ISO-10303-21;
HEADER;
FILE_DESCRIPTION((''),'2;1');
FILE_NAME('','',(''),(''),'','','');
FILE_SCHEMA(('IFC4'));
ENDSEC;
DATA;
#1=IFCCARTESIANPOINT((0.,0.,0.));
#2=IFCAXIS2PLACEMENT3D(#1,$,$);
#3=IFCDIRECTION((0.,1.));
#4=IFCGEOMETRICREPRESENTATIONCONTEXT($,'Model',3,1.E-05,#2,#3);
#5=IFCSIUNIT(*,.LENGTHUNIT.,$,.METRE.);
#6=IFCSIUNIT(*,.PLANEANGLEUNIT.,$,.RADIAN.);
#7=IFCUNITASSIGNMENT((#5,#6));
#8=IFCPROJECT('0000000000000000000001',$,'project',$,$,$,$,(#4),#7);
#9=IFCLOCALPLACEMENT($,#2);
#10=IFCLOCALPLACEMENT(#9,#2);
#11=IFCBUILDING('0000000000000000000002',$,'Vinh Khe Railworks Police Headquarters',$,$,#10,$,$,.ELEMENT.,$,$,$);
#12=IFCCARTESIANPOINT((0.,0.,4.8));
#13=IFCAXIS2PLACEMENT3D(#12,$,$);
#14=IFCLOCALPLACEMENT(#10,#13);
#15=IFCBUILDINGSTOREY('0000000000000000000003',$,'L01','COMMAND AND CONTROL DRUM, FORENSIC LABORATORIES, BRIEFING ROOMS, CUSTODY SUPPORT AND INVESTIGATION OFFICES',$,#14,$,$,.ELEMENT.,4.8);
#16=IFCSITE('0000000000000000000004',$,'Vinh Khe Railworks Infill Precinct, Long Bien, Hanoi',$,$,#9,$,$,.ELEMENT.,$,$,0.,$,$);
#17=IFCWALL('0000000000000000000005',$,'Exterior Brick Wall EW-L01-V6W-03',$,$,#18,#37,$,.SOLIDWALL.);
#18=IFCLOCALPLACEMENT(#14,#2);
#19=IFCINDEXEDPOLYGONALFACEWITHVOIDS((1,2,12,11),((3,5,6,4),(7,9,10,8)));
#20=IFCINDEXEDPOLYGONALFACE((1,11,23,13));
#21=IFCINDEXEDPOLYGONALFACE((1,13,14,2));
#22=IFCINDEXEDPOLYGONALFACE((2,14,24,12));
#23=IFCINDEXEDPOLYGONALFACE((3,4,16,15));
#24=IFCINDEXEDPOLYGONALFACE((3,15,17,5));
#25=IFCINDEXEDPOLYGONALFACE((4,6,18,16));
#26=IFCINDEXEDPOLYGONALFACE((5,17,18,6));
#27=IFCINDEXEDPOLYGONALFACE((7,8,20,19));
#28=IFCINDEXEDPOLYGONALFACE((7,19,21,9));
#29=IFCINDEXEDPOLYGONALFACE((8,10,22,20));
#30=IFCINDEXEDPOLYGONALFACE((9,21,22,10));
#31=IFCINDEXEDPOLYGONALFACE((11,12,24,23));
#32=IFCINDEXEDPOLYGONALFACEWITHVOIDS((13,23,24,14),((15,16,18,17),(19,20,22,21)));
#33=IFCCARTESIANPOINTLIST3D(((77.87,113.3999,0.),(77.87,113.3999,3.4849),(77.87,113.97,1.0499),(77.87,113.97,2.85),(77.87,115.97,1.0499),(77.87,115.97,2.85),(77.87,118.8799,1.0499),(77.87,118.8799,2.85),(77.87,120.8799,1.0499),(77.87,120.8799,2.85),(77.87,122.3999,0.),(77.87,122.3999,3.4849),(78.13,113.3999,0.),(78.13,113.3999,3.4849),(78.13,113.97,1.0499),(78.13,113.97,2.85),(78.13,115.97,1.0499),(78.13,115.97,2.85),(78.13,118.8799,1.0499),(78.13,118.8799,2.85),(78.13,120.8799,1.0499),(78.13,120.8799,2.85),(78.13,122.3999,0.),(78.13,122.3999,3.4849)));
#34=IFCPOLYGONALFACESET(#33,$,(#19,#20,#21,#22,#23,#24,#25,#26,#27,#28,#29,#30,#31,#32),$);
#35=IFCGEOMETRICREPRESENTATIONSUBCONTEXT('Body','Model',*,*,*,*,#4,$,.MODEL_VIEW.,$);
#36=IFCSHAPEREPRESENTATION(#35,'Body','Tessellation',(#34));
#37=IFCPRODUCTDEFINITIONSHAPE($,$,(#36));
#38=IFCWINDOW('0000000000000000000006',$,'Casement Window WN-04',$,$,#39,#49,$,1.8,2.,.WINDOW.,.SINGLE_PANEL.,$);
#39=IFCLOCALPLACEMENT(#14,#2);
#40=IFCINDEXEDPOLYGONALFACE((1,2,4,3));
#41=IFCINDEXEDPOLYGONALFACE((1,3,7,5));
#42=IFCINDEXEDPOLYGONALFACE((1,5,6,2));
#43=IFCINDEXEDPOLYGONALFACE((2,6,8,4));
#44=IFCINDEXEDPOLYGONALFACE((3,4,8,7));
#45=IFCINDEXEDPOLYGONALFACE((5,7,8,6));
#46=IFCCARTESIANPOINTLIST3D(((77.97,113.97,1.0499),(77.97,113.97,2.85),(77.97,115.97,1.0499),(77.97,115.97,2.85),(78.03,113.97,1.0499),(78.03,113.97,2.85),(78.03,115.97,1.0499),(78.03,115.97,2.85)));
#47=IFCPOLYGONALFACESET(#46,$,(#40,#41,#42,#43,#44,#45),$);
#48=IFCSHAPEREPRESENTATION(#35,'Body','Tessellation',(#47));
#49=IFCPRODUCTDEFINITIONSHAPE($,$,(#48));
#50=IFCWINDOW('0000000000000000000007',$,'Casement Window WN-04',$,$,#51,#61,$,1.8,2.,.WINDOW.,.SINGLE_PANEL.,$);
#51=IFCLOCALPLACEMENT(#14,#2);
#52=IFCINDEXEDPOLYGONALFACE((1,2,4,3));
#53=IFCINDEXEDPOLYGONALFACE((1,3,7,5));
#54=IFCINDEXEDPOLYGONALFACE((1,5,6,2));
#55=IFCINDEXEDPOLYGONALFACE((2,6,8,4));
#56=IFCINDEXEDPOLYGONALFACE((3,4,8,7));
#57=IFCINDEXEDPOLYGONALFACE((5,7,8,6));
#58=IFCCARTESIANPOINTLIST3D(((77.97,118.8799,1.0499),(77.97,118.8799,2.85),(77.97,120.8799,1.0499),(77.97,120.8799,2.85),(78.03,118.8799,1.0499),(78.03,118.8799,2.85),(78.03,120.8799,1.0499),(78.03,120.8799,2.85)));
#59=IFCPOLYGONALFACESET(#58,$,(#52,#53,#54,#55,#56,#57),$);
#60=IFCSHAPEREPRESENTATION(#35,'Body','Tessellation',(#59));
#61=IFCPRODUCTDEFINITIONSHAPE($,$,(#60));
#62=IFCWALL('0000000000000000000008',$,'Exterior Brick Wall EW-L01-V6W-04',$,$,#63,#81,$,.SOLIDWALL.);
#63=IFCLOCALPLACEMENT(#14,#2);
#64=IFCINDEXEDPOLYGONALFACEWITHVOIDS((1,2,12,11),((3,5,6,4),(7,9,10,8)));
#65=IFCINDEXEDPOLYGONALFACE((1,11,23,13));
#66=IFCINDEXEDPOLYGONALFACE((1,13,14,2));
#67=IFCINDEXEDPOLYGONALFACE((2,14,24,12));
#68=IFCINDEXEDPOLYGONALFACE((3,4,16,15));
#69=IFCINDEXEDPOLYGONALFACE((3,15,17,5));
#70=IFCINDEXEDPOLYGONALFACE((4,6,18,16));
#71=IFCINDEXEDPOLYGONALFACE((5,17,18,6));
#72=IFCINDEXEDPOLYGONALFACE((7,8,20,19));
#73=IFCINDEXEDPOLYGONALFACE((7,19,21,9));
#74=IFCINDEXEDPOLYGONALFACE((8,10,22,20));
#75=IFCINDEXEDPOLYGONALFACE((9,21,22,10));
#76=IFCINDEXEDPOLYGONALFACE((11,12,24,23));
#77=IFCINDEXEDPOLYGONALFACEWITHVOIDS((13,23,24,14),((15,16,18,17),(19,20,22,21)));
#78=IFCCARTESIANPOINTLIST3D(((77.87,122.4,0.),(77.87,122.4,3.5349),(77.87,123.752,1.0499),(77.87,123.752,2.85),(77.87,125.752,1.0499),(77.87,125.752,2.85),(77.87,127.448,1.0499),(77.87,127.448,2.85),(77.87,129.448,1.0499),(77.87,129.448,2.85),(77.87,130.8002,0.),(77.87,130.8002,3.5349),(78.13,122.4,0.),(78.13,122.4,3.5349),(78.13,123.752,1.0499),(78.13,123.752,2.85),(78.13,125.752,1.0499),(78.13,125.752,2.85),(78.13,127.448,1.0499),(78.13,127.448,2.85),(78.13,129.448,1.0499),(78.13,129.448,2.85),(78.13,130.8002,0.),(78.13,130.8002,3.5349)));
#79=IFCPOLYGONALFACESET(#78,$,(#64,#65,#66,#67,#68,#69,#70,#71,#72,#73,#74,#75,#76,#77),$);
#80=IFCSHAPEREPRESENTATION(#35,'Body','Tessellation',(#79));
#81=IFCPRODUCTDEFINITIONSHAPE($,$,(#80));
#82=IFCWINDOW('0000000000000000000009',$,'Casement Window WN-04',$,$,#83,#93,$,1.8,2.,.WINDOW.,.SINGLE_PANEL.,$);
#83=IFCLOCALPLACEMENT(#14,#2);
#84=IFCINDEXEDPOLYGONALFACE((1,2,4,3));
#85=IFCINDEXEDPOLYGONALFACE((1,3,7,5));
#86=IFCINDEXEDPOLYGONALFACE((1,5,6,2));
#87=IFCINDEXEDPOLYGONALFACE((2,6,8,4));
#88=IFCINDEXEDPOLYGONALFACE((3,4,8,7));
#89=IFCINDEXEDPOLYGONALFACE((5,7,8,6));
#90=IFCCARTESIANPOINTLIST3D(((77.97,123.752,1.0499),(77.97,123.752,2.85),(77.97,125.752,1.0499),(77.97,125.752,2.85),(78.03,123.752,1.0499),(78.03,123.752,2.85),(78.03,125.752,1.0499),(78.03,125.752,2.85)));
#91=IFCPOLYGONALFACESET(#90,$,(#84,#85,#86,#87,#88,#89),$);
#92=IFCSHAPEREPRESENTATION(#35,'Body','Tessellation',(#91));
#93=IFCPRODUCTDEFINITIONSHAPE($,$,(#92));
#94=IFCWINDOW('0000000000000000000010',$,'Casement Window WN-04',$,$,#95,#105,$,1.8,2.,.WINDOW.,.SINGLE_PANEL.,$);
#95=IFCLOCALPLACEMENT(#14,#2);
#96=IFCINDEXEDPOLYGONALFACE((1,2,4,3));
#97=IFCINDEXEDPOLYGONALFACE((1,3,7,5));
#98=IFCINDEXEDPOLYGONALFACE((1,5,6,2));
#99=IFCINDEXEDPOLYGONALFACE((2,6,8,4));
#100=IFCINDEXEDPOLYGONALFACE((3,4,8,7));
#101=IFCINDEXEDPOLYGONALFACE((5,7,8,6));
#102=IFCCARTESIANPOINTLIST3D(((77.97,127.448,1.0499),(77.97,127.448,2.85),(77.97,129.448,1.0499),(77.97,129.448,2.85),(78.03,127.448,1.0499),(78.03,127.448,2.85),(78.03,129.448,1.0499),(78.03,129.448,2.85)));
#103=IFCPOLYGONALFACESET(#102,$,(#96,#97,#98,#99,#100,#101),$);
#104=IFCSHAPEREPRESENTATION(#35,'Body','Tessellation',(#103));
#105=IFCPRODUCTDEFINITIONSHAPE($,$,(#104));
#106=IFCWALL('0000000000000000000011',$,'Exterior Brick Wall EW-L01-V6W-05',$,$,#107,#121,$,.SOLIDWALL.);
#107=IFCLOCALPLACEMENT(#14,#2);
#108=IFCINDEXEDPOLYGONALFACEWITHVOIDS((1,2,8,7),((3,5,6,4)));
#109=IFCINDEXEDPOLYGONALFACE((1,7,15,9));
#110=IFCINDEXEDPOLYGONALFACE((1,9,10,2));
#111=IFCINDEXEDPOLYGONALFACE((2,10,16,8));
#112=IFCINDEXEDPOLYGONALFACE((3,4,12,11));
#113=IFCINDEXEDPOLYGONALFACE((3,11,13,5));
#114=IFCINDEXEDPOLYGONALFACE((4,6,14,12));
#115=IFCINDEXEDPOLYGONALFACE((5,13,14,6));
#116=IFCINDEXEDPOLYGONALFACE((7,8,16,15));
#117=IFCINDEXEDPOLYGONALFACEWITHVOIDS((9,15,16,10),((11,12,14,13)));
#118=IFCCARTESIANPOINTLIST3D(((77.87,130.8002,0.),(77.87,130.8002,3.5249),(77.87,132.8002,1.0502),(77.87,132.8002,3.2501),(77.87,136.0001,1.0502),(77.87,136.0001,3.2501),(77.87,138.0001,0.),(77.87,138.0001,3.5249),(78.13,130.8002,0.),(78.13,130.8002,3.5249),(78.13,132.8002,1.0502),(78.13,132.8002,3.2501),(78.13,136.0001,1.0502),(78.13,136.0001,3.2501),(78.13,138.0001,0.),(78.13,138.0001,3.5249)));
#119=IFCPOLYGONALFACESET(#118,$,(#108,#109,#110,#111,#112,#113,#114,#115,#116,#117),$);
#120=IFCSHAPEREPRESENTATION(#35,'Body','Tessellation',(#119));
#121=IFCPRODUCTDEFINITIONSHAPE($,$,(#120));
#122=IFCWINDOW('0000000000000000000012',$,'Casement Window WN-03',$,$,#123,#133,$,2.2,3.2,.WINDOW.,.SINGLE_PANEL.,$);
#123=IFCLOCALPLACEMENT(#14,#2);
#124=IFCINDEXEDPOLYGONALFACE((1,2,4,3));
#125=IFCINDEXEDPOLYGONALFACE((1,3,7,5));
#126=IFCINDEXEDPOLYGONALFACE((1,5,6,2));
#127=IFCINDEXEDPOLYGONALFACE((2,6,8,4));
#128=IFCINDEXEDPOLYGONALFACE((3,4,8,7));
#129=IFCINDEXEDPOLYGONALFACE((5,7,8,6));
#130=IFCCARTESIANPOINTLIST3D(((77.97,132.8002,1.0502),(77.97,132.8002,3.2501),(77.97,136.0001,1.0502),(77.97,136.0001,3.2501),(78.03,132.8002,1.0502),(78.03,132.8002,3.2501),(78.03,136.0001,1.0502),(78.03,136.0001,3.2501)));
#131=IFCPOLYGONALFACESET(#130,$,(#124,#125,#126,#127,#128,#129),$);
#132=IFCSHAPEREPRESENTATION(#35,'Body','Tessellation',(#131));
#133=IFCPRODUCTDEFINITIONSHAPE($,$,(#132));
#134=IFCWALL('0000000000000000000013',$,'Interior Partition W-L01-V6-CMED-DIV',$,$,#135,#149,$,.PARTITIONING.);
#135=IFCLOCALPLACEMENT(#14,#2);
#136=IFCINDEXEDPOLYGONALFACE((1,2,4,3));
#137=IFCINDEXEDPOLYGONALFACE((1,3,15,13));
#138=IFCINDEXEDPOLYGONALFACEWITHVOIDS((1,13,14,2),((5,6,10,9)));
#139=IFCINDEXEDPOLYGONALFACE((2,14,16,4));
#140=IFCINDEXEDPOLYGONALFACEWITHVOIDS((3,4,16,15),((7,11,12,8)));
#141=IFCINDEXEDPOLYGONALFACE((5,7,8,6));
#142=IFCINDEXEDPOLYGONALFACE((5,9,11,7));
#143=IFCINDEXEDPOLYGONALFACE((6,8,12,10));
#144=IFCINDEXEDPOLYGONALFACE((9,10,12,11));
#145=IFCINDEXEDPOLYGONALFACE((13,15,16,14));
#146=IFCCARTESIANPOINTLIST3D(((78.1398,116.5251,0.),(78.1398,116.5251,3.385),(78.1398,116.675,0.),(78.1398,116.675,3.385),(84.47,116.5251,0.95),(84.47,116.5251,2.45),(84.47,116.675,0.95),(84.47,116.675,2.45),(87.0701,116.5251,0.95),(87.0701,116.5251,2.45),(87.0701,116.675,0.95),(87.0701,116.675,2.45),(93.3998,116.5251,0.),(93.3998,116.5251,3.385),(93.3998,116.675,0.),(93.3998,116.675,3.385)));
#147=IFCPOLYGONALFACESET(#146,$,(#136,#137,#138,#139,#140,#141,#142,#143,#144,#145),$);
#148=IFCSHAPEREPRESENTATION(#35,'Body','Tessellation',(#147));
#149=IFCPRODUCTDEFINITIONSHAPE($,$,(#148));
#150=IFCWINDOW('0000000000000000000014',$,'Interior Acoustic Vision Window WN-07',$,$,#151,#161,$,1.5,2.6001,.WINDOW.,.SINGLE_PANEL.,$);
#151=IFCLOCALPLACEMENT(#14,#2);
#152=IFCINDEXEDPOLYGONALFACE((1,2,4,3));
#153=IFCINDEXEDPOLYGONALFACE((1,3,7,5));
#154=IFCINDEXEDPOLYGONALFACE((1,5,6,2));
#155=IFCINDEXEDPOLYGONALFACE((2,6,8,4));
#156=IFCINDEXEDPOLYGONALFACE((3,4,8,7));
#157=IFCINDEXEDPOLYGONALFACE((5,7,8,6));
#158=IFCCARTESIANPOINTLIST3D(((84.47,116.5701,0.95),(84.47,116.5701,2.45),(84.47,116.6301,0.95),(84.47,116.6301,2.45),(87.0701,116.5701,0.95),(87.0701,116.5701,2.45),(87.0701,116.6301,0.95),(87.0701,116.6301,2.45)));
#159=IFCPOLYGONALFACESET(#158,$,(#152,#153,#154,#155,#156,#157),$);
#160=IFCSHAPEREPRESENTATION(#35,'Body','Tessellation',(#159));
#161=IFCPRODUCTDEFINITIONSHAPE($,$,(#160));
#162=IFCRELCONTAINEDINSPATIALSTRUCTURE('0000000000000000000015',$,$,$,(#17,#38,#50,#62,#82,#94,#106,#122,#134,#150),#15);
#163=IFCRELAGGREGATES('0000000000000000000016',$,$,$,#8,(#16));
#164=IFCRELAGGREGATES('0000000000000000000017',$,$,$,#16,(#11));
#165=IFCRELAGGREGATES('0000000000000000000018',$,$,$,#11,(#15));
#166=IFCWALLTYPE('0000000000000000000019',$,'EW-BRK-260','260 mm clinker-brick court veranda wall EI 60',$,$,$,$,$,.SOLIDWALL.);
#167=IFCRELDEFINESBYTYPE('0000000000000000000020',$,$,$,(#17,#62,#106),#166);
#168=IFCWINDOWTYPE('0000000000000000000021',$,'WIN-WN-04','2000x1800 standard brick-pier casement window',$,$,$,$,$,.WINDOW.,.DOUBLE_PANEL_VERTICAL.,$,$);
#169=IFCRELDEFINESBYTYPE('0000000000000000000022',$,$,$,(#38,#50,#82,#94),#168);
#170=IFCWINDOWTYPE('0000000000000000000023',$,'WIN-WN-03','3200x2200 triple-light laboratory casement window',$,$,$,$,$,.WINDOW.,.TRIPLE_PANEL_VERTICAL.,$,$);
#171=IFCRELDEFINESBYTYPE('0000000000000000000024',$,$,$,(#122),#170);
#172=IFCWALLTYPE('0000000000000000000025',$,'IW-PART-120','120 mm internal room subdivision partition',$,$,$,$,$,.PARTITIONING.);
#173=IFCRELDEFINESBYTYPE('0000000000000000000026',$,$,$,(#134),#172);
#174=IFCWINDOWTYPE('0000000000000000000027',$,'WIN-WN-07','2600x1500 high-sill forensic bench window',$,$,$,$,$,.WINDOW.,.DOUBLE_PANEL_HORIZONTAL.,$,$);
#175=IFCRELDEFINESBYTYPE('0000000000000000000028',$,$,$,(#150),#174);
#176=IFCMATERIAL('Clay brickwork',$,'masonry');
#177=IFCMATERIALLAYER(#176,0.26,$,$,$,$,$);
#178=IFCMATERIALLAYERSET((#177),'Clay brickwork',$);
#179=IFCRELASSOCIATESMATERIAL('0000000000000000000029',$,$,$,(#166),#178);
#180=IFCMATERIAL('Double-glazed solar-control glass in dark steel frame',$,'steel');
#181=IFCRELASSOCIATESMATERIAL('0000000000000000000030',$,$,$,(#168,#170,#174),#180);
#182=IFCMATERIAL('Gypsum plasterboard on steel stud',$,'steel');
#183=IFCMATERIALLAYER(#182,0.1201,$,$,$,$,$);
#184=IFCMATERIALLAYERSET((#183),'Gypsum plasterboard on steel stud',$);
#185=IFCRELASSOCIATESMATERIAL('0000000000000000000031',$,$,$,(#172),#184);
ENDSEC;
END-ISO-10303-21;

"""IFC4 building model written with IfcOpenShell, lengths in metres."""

from ifc_helpers import new_model, si_unit, direction, frame, frame_2d, origin, place, context, subcontext, project, spatial, rectangle, extrude, material, layer, layer_set, type_object, element, fill, save


model = new_model("IFC4")

# Units and contexts
model_context = context("Model", 3, precision=1e-05, world=origin(), true_north=direction((0.0, 1.0)))
body_context = subcontext(model_context, "Body", "Model", "MODEL_VIEW")
ifc_project = project(units=[si_unit("LENGTHUNIT", "METRE"), si_unit("PLANEANGLEUNIT", "RADIAN")], contexts=[model_context])

# Site, building, storey
site_placement = place(None, origin())
site = spatial("IfcSite", under=ifc_project, at=site_placement, Name="Vinh Khe Railworks Infill Precinct, Long Bien, Hanoi", CompositionType="ELEMENT", RefElevation=0.0)
building_placement = place(site_placement, origin())
building = spatial("IfcBuilding", under=site, at=building_placement, Name="Vinh Khe Railworks Police Headquarters", CompositionType="ELEMENT")
storey_placement = place(building_placement, frame((0.0, 0.0, 4.8)))
storey = spatial("IfcBuildingStorey", under=building, at=storey_placement, Name="L01", Description="COMMAND AND CONTROL DRUM, FORENSIC LABORATORIES, BRIEFING ROOMS, CUSTODY SUPPORT AND INVESTIGATION OFFICES", CompositionType="ELEMENT", Elevation=4.8)

# Walls, openings, windows
ifc_material_1 = material(Name="Clay brickwork", Category="masonry")
ifc_layer_1 = layer(ifc_material_1, 0.26)
ifc_layer_set_1 = layer_set([ifc_layer_1], Name="Clay brickwork")
wall_type_1 = type_object("IfcWallType", Name="EW-BRK-260", Description="260 mm clinker-brick court veranda wall EI 60", PredefinedType="SOLIDWALL", material=ifc_layer_set_1)
wall_1_placement = place(storey_placement, frame((78.0, 113.3999, 0.0), z_axis=(0.0, 0.0, 1.0), x_axis=(0.0, 1.0, 0.0)))
wall_1 = element("IfcWall", 1, at=wall_1_placement, inside=storey, type_object=wall_type_1, Name="Exterior Brick Wall EW-L01-V6W-03", PredefinedType="SOLIDWALL", context=body_context, shape_type="SweptSolid", body=[
    extrude(rectangle(XDim=9.0, YDim=0.26, at=frame_2d((4.5, 0.0))), origin(), (0.0, 0.0, 1.0), 3.4849),
])
opening_1_placement = place(wall_1_placement, frame((0.5701, 0.0, 1.05)))
opening_1 = element("IfcOpeningElement", 2, at=opening_1_placement, cuts=wall_1, PredefinedType="OPENING", context=body_context, shape_type="SweptSolid", body=[
    extrude(rectangle(XDim=2.0, YDim=1.8, at=frame_2d((1.0, 0.8999))), frame((0.0, 0.145, 0.0), z_axis=(0.0, -1.0, 0.0), x_axis=(1.0, 0.0, 0.0)), (0.0, 0.0, 1.0), 0.2898),
])
opening_2_placement = place(wall_1_placement, frame((5.48, 0.0, 1.05)))
opening_2 = element("IfcOpeningElement", 3, at=opening_2_placement, cuts=wall_1, PredefinedType="OPENING", context=body_context, shape_type="SweptSolid", body=[
    extrude(rectangle(XDim=2.0, YDim=1.8, at=frame_2d((1.0, 0.8999))), frame((0.0, 0.145, 0.0), z_axis=(0.0, -1.0, 0.0), x_axis=(1.0, 0.0, 0.0)), (0.0, 0.0, 1.0), 0.2898),
])
ifc_material_2 = material(Name="Double-glazed solar-control glass in dark steel frame", Category="steel")
window_type_1 = type_object("IfcWindowType", Name="WIN-WN-04", Description="2000x1800 standard brick-pier casement window", PartitioningType="DOUBLE_PANEL_VERTICAL", PredefinedType="WINDOW", material=ifc_material_2)
window_1_placement = place(opening_1_placement, origin())
window_1 = element("IfcWindow", 4, at=window_1_placement, inside=storey, type_object=window_type_1, Name="Casement Window WN-04", OverallHeight=1.8, OverallWidth=2.0, PartitioningType="SINGLE_PANEL", PredefinedType="WINDOW", context=body_context, shape_type="SweptSolid", body=[
    extrude(rectangle(XDim=2.0, YDim=1.8, at=frame_2d((1.0, 0.8999))), frame((0.0, 0.03, 0.0), z_axis=(0.0, -1.0, 0.0), x_axis=(1.0, 0.0, 0.0)), (0.0, 0.0, 1.0), 0.0601),
])
fill(opening_1, window_1)
window_2_placement = place(opening_2_placement, origin())
window_2 = element("IfcWindow", 5, at=window_2_placement, inside=storey, type_object=window_type_1, Name="Casement Window WN-04", OverallHeight=1.8, OverallWidth=2.0, PartitioningType="SINGLE_PANEL", PredefinedType="WINDOW", context=body_context, shape_type="SweptSolid", body=[
    extrude(rectangle(XDim=2.0, YDim=1.8, at=frame_2d((1.0, 0.8999))), frame((0.0, 0.03, 0.0), z_axis=(0.0, -1.0, 0.0), x_axis=(1.0, 0.0, 0.0)), (0.0, 0.0, 1.0), 0.0601),
])
fill(opening_2, window_2)
wall_2_placement = place(storey_placement, frame((78.0, 122.3999, 0.0), z_axis=(0.0, 0.0, 1.0), x_axis=(0.0, 1.0, 0.0)))
wall_2 = element("IfcWall", 6, at=wall_2_placement, inside=storey, type_object=wall_type_1, Name="Exterior Brick Wall EW-L01-V6W-04", PredefinedType="SOLIDWALL", context=body_context, shape_type="SweptSolid", body=[
    extrude(rectangle(XDim=8.4001, YDim=0.26, at=frame_2d((4.2002, 0.0))), origin(), (0.0, 0.0, 1.0), 3.5349),
])
opening_3_placement = place(wall_2_placement, frame((1.3521, 0.0, 1.05)))
opening_3 = element("IfcOpeningElement", 7, at=opening_3_placement, cuts=wall_2, PredefinedType="OPENING", context=body_context, shape_type="SweptSolid", body=[
    extrude(rectangle(XDim=2.0, YDim=1.8, at=frame_2d((1.0, 0.8999))), frame((0.0, 0.145, 0.0), z_axis=(0.0, -1.0, 0.0), x_axis=(1.0, 0.0, 0.0)), (0.0, 0.0, 1.0), 0.2898),
])
opening_4_placement = place(wall_2_placement, frame((5.0481, 0.0, 1.05)))
opening_4 = element("IfcOpeningElement", 8, at=opening_4_placement, cuts=wall_2, PredefinedType="OPENING", context=body_context, shape_type="SweptSolid", body=[
    extrude(rectangle(XDim=2.0, YDim=1.8, at=frame_2d((1.0, 0.8999))), frame((0.0, 0.145, 0.0), z_axis=(0.0, -1.0, 0.0), x_axis=(1.0, 0.0, 0.0)), (0.0, 0.0, 1.0), 0.2898),
])
window_3_placement = place(opening_3_placement, origin())
window_3 = element("IfcWindow", 9, at=window_3_placement, inside=storey, type_object=window_type_1, Name="Casement Window WN-04", OverallHeight=1.8, OverallWidth=2.0, PartitioningType="SINGLE_PANEL", PredefinedType="WINDOW", context=body_context, shape_type="SweptSolid", body=[
    extrude(rectangle(XDim=2.0, YDim=1.8, at=frame_2d((1.0, 0.8999))), frame((0.0, 0.03, 0.0), z_axis=(0.0, -1.0, 0.0), x_axis=(1.0, 0.0, 0.0)), (0.0, 0.0, 1.0), 0.0601),
])
fill(opening_3, window_3)
window_4_placement = place(opening_4_placement, origin())
window_4 = element("IfcWindow", 10, at=window_4_placement, inside=storey, type_object=window_type_1, Name="Casement Window WN-04", OverallHeight=1.8, OverallWidth=2.0, PartitioningType="SINGLE_PANEL", PredefinedType="WINDOW", context=body_context, shape_type="SweptSolid", body=[
    extrude(rectangle(XDim=2.0, YDim=1.8, at=frame_2d((1.0, 0.8999))), frame((0.0, 0.03, 0.0), z_axis=(0.0, -1.0, 0.0), x_axis=(1.0, 0.0, 0.0)), (0.0, 0.0, 1.0), 0.0601),
])
fill(opening_4, window_4)

# Walls, openings, windows
wall_3_placement = place(storey_placement, frame((78.0, 130.8, 0.0), z_axis=(0.0, 0.0, 1.0), x_axis=(0.0, 1.0, 0.0)))
wall_3 = element("IfcWall", 11, at=wall_3_placement, inside=storey, type_object=wall_type_1, Name="Exterior Brick Wall EW-L01-V6W-05", PredefinedType="SOLIDWALL", context=body_context, shape_type="SweptSolid", body=[
    extrude(rectangle(XDim=7.2, YDim=0.26, at=frame_2d((3.6001, 0.0))), origin(), (0.0, 0.0, 1.0), 3.5249),
])
opening_5_placement = place(wall_3_placement, frame((2.0, 0.0, 1.05)))
opening_5 = element("IfcOpeningElement", 12, at=opening_5_placement, cuts=wall_3, PredefinedType="OPENING", context=body_context, shape_type="SweptSolid", body=[
    extrude(rectangle(XDim=3.2, YDim=2.2, at=frame_2d((1.6001, 1.1001))), frame((0.0, 0.145, 0.0), z_axis=(0.0, -1.0, 0.0), x_axis=(1.0, 0.0, 0.0)), (0.0, 0.0, 1.0), 0.2898),
])
window_type_2 = type_object("IfcWindowType", Name="WIN-WN-03", Description="3200x2200 triple-light laboratory casement window", PartitioningType="TRIPLE_PANEL_VERTICAL", PredefinedType="WINDOW", material=ifc_material_2)
window_5_placement = place(opening_5_placement, origin())
window_5 = element("IfcWindow", 13, at=window_5_placement, inside=storey, type_object=window_type_2, Name="Casement Window WN-03", OverallHeight=2.2, OverallWidth=3.2, PartitioningType="SINGLE_PANEL", PredefinedType="WINDOW", context=body_context, shape_type="SweptSolid", body=[
    extrude(rectangle(XDim=3.2, YDim=2.2, at=frame_2d((1.6001, 1.1001))), frame((0.0, 0.03, 0.0), z_axis=(0.0, -1.0, 0.0), x_axis=(1.0, 0.0, 0.0)), (0.0, 0.0, 1.0), 0.0601),
])
fill(opening_5, window_5)
ifc_material_3 = material(Name="Gypsum plasterboard on steel stud", Category="steel")
ifc_layer_2 = layer(ifc_material_3, 0.1201)
ifc_layer_set_2 = layer_set([ifc_layer_2], Name="Gypsum plasterboard on steel stud")
wall_type_2 = type_object("IfcWallType", Name="IW-PART-120", Description="120 mm internal room subdivision partition", PredefinedType="PARTITIONING", material=ifc_layer_set_2)
wall_4_placement = place(storey_placement, frame((78.1399, 116.6001, 0.0), z_axis=(0.0, 0.0, 1.0), x_axis=(1.0, 0.0, 0.0)))
wall_4 = element("IfcWall", 14, at=wall_4_placement, inside=storey, type_object=wall_type_2, Name="Interior Partition W-L01-V6-CMED-DIV", PredefinedType="PARTITIONING", context=body_context, shape_type="SweptSolid", body=[
    extrude(rectangle(XDim=15.26, YDim=0.1499, at=frame_2d((7.6299, 0.0))), origin(), (0.0, 0.0, 1.0), 3.385),
])
opening_6_placement = place(wall_4_placement, frame((6.3301, 0.0, 0.95)))
opening_6 = element("IfcOpeningElement", 15, at=opening_6_placement, cuts=wall_4, PredefinedType="OPENING", context=body_context, shape_type="SweptSolid", body=[
    extrude(rectangle(XDim=2.6001, YDim=1.5, at=frame_2d((1.3, 0.75))), frame((0.0, 0.0898, 0.0), z_axis=(0.0, -1.0, 0.0), x_axis=(1.0, 0.0, 0.0)), (0.0, 0.0, 1.0), 0.1797),
])
window_type_3 = type_object("IfcWindowType", Name="WIN-WN-07", Description="2600x1500 high-sill forensic bench window", PartitioningType="DOUBLE_PANEL_HORIZONTAL", PredefinedType="WINDOW", material=ifc_material_2)
window_6_placement = place(opening_6_placement, origin())
window_6 = element("IfcWindow", 16, at=window_6_placement, inside=storey, type_object=window_type_3, Name="Interior Acoustic Vision Window WN-07", OverallHeight=1.5, OverallWidth=2.6001, PartitioningType="SINGLE_PANEL", PredefinedType="WINDOW", context=body_context, shape_type="SweptSolid", body=[
    extrude(rectangle(XDim=2.6001, YDim=1.5, at=frame_2d((1.3, 0.75))), frame((0.0, 0.03, 0.0), z_axis=(0.0, -1.0, 0.0), x_axis=(1.0, 0.0, 0.0)), (0.0, 0.0, 1.0), 0.0601),
])
fill(opening_6, window_6)

save(model, "model.ifc")
